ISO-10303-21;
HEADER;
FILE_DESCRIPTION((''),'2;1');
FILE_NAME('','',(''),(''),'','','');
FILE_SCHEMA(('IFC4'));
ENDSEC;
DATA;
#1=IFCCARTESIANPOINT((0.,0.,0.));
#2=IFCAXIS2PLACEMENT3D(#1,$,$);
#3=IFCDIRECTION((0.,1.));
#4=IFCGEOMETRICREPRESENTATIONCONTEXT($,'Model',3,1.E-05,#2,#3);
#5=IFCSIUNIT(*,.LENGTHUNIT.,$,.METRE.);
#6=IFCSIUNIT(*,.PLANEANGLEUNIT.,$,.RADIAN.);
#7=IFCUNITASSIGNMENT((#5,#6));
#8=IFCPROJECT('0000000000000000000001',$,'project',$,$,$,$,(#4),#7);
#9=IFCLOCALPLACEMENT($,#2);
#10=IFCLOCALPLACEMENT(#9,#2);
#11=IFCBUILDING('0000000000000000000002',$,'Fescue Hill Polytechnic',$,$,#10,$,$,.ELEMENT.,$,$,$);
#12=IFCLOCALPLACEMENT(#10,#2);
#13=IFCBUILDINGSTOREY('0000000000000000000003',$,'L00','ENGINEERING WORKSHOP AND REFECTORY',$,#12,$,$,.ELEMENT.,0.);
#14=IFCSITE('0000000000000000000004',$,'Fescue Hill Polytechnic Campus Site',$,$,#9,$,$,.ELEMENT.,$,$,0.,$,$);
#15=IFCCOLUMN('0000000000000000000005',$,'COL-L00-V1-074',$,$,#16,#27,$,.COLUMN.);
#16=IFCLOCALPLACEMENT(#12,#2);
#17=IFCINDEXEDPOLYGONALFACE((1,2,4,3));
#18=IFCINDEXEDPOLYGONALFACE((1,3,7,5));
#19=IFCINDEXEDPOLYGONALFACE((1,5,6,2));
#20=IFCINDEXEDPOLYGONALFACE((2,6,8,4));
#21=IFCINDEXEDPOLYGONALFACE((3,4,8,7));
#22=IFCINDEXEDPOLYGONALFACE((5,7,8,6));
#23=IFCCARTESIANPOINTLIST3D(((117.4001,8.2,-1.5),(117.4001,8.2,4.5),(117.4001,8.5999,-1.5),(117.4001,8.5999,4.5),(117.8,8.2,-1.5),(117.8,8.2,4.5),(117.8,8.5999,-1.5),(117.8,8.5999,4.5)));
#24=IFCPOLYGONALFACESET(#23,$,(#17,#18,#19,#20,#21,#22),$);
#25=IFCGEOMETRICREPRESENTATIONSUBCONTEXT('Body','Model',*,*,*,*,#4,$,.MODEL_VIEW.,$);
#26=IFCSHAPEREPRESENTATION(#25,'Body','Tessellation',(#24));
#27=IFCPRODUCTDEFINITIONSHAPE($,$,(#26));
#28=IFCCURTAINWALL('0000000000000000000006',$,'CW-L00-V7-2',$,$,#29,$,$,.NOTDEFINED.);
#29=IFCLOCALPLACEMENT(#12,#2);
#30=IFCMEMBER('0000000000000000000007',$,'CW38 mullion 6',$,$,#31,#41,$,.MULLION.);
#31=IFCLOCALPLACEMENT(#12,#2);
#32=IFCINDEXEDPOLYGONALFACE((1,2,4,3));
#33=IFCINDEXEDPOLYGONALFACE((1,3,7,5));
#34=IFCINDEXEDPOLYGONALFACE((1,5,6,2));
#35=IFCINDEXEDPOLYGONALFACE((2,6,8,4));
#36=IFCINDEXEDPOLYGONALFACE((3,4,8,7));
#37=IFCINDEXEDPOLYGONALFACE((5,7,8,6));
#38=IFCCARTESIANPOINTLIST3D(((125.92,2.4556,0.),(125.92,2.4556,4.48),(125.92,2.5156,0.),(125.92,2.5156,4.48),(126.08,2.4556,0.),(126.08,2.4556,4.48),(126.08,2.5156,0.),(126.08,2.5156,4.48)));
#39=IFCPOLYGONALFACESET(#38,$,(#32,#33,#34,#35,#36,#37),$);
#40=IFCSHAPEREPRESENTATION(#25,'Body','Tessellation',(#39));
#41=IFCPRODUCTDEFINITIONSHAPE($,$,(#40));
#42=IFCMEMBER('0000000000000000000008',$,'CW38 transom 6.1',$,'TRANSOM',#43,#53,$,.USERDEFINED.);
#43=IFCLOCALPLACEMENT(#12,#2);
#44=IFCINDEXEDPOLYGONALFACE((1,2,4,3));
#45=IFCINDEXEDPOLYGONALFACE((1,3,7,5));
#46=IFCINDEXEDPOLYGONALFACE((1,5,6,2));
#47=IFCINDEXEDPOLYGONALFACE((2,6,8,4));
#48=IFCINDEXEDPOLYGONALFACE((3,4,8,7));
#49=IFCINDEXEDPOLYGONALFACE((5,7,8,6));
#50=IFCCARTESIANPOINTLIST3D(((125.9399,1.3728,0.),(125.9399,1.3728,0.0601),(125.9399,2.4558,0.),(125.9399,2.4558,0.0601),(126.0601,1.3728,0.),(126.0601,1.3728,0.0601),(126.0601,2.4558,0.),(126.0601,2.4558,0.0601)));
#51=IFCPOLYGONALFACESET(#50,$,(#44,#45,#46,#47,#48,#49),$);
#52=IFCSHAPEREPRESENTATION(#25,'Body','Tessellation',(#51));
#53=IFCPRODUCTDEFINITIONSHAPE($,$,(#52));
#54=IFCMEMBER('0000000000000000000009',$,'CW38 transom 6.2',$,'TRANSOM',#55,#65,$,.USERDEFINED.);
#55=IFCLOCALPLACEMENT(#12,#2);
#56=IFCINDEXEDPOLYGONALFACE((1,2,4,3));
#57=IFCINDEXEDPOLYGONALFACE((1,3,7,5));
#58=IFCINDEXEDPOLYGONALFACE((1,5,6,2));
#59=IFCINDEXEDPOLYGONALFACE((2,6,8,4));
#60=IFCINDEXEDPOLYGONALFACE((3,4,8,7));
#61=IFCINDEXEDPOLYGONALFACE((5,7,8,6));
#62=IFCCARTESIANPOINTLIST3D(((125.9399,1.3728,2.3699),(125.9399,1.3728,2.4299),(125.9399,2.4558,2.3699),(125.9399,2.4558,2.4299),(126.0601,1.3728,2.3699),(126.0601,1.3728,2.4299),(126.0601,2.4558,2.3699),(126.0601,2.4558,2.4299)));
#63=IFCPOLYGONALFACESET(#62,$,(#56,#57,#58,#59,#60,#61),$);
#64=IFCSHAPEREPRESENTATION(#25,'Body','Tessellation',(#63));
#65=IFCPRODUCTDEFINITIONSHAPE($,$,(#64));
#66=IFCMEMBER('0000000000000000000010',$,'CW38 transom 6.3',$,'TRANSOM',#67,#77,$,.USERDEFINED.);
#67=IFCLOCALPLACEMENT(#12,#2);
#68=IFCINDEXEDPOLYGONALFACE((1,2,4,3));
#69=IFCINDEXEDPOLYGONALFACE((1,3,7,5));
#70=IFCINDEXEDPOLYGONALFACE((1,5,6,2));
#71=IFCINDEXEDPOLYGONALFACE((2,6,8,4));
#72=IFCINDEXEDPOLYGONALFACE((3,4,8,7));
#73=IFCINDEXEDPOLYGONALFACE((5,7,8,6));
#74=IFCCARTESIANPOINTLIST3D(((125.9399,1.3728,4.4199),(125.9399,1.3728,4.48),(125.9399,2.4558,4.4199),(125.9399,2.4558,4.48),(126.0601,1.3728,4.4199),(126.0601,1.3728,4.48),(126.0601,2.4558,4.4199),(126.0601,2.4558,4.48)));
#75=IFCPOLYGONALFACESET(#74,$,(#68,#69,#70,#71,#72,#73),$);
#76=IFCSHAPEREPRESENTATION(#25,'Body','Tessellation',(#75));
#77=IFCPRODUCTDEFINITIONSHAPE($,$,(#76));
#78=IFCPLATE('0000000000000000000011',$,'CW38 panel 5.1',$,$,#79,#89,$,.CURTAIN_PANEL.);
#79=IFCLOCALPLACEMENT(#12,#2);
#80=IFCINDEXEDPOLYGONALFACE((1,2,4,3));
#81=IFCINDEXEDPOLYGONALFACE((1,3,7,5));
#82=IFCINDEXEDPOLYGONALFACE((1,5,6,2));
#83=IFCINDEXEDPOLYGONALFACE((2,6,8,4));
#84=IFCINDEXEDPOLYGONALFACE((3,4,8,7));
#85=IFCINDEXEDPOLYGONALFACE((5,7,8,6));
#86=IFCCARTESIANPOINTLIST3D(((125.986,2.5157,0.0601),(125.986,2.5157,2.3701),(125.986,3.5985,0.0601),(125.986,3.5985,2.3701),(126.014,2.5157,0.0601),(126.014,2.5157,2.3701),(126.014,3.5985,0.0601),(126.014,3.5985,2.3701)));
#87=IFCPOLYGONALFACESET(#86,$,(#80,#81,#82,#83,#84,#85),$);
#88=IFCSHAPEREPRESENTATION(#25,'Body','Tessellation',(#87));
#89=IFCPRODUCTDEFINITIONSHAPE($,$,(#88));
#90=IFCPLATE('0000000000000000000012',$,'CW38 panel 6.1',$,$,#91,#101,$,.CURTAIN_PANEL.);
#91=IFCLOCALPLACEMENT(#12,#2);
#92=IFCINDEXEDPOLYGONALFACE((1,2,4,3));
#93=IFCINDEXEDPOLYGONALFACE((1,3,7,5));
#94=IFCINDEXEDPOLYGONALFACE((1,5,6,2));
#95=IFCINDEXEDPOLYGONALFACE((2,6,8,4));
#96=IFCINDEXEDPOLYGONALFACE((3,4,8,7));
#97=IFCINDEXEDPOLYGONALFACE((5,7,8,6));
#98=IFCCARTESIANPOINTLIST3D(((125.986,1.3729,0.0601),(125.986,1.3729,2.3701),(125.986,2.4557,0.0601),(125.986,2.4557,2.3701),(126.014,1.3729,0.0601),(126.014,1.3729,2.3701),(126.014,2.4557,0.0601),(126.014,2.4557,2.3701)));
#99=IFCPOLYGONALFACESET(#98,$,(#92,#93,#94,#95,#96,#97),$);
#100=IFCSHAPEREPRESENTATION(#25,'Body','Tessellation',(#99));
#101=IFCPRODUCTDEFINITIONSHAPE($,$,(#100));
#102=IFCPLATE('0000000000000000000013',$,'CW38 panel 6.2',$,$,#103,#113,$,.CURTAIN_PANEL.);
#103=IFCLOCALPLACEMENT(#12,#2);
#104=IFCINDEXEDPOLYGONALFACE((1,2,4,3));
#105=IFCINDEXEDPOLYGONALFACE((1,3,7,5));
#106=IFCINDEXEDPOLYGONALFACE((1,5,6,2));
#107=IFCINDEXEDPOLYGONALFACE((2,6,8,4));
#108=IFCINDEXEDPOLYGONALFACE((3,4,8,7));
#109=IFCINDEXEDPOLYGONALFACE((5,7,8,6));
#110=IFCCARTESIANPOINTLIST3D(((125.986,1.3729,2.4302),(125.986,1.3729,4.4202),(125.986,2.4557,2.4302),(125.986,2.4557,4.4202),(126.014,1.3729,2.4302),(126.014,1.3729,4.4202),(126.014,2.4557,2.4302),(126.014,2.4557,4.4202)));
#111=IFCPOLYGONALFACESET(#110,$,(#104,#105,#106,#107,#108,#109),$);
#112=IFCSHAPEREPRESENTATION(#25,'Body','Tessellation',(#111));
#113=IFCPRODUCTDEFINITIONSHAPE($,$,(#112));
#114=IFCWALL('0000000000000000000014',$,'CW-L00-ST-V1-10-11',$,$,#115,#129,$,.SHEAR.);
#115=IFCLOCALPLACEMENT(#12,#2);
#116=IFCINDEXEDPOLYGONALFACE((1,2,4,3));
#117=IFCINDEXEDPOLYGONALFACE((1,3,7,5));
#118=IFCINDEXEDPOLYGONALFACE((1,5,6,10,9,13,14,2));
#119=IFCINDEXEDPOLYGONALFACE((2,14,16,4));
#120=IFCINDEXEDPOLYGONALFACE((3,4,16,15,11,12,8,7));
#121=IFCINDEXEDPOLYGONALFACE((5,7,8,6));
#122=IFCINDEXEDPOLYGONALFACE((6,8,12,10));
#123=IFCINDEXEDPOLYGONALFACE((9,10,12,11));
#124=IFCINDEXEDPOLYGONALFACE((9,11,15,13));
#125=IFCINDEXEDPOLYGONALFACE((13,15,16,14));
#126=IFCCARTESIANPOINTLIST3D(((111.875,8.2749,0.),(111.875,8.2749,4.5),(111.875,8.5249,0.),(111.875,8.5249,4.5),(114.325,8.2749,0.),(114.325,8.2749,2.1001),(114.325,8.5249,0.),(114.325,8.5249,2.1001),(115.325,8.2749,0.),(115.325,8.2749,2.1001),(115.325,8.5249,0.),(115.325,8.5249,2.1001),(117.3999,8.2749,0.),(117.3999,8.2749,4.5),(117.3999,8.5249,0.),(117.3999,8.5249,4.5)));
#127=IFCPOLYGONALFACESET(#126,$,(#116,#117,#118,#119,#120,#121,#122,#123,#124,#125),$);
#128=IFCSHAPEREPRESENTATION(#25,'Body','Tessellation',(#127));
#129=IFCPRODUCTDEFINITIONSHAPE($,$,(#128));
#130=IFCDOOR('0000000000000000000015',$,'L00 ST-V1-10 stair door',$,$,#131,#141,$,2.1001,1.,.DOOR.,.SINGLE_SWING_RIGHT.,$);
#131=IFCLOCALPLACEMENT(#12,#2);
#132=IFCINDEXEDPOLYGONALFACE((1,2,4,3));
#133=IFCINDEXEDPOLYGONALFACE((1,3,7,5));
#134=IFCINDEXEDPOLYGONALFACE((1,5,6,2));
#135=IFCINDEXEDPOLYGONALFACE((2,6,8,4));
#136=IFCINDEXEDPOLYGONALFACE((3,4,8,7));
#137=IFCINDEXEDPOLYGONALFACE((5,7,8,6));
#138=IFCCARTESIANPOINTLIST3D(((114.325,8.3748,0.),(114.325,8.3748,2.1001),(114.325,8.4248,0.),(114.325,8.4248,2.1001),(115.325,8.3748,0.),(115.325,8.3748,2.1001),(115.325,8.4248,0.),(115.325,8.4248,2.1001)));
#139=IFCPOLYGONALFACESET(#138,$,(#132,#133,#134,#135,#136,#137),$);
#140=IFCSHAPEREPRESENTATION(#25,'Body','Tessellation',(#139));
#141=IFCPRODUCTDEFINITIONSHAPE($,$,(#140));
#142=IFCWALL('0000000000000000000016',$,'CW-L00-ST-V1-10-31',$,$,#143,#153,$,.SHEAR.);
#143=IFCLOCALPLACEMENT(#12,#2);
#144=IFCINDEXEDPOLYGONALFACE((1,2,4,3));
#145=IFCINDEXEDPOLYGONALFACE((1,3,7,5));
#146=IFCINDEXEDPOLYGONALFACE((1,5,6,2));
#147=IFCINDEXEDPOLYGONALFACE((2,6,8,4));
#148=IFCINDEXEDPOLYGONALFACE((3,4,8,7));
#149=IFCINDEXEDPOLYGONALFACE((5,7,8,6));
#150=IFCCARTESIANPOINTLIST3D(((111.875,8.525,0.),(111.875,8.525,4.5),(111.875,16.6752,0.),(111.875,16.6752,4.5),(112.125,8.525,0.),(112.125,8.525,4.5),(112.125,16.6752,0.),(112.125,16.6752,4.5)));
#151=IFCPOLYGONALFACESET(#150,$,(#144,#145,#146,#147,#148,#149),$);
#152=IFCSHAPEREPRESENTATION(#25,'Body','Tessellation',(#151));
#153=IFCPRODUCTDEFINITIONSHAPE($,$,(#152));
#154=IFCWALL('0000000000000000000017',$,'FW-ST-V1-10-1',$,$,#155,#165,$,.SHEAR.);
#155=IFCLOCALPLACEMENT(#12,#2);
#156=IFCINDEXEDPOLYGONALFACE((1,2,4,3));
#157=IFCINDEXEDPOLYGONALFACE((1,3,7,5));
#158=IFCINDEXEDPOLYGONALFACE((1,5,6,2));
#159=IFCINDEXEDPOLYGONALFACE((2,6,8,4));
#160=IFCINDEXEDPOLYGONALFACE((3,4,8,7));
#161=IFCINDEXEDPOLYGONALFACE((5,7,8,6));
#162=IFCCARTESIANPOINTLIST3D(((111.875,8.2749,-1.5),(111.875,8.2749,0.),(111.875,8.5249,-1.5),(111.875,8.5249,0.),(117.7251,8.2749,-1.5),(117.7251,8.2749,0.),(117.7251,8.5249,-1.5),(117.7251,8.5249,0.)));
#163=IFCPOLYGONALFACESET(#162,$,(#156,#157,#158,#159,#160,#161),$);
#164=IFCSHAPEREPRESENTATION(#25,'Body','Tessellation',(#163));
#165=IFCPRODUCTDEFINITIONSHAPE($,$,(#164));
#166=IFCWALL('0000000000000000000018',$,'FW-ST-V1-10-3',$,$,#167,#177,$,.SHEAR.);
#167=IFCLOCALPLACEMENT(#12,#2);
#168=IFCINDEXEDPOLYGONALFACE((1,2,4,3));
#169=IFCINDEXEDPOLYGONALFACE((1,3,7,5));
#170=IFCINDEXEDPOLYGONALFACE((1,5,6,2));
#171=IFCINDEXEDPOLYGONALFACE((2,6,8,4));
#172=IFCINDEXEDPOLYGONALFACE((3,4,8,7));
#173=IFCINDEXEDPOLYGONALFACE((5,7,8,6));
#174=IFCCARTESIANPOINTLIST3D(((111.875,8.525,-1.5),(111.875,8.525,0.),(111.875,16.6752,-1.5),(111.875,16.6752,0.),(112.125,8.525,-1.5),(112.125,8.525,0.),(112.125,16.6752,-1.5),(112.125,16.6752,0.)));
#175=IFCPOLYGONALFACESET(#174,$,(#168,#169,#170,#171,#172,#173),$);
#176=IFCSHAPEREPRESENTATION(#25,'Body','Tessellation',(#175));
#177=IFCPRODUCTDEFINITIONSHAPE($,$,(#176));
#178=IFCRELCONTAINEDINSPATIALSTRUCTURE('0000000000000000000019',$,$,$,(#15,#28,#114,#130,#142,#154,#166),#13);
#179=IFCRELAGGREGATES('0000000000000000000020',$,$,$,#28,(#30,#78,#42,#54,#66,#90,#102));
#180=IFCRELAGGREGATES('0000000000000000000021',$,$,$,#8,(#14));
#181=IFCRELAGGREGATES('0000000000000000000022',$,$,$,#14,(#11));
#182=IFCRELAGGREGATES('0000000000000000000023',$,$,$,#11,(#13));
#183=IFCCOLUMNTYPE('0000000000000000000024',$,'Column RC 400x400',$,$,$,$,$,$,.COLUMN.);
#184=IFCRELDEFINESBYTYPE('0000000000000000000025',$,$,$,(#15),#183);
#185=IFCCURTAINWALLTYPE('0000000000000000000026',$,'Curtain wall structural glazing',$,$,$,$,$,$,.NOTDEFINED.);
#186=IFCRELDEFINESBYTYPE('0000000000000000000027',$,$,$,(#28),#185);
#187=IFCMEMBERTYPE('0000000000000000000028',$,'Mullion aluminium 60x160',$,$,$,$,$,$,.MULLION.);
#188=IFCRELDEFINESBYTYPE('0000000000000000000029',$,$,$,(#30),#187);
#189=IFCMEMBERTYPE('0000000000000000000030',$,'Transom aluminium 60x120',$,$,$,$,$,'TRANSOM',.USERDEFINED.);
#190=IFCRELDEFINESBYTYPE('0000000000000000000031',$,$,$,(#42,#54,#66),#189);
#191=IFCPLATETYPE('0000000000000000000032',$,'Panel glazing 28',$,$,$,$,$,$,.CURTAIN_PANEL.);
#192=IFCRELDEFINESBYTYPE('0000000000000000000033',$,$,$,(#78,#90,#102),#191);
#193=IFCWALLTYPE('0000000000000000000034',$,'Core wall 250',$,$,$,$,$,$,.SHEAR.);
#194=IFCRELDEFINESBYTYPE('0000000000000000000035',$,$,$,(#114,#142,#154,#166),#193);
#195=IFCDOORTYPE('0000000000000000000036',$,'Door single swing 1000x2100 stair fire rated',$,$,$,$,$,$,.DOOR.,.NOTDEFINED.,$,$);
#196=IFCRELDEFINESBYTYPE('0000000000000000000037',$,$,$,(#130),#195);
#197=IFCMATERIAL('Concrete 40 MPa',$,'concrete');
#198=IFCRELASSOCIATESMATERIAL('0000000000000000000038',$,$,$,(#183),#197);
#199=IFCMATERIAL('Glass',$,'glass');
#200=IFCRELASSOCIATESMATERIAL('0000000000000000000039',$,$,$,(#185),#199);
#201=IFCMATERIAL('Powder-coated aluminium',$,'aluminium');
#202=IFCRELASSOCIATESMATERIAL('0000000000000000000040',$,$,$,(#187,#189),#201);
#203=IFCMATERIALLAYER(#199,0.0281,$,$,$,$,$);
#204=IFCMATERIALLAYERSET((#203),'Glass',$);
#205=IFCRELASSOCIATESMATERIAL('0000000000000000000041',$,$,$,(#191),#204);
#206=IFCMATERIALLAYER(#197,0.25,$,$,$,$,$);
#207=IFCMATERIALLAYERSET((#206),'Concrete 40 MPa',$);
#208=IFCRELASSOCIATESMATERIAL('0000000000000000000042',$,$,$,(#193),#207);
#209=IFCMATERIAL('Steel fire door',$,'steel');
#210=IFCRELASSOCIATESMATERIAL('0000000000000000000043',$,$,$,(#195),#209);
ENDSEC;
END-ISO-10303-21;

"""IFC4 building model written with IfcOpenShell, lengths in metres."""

from ifc_helpers import new_model, si_unit, direction, frame, frame_2d, origin, origin_2d, place, context, subcontext, project, spatial, rectangle, extrude, material, layer, layer_set, material_profile, profile_set, type_object, element, fill, aggregate, save


model = new_model("IFC4")

# Units and contexts
model_context = context("Model", 3, precision=1e-05, world=origin(), true_north=direction((0.0, 1.0)))
body_context = subcontext(model_context, "Body", "Model", "MODEL_VIEW")
ifc_project = project(units=[si_unit("LENGTHUNIT", "METRE"), si_unit("PLANEANGLEUNIT", "RADIAN")], contexts=[model_context])

# Site, building, storey
site_placement = place(None, origin())
site = spatial("IfcSite", under=ifc_project, at=site_placement, Name="Fescue Hill Polytechnic Campus Site", CompositionType="ELEMENT", RefElevation=0.0)
building_placement = place(site_placement, origin())
building = spatial("IfcBuilding", under=site, at=building_placement, Name="Fescue Hill Polytechnic", CompositionType="ELEMENT")
storey_placement = place(building_placement, origin())
storey = spatial("IfcBuildingStorey", under=building, at=storey_placement, Name="L00", Description="ENGINEERING WORKSHOP AND REFECTORY", CompositionType="ELEMENT", Elevation=0.0)

# Column
ifc_material_1 = material(Name="Concrete 40 MPa", Category="concrete")
ifc_material_profile_1 = material_profile(ifc_material_1, rectangle(XDim=0.3999, YDim=0.3999, at=origin_2d()), Name="RC 400x400")
ifc_profile_set_1 = profile_set([ifc_material_profile_1], Name="Concrete 40 MPa")
column_type = type_object("IfcColumnType", Name="Column RC 400x400", PredefinedType="COLUMN", material=ifc_profile_set_1)
column_placement = place(storey_placement, frame((117.6001, 8.3999, -1.5), z_axis=(0.0, 0.0, 1.0), x_axis=(1.0, 0.0, 0.0)))
element("IfcColumn", 1, at=column_placement, inside=storey, type_object=column_type, Name="COL-L00-V1-074", PredefinedType="COLUMN", context=body_context, shape_type="SweptSolid", body=[
    extrude(rectangle(XDim=0.3999, YDim=0.3999, at=origin_2d()), origin(), (0.0, 0.0, 1.0), 6.0),
])

# Curtain wall, members, plates
ifc_material_2 = material(Name="Glass", Category="glass")
curtain_wall_type = type_object("IfcCurtainWallType", Name="Curtain wall structural glazing", PredefinedType="NOTDEFINED", material=ifc_material_2)
curtain_wall_placement = place(storey_placement, origin())
curtain_wall = element("IfcCurtainWall", 2, at=curtain_wall_placement, inside=storey, type_object=curtain_wall_type, Name="CW-L00-V7-2", PredefinedType="NOTDEFINED")
ifc_material_3 = material(Name="Powder-coated aluminium", Category="aluminium")
ifc_material_profile_2 = material_profile(ifc_material_3, rectangle(XDim=0.1599, YDim=0.0601, at=origin_2d()), Name="Mullion aluminium 60x160")
ifc_profile_set_2 = profile_set([ifc_material_profile_2], Name="Powder-coated aluminium")
member_type_1 = type_object("IfcMemberType", Name="Mullion aluminium 60x160", PredefinedType="MULLION", material=ifc_profile_set_2)
member_1_placement = place(storey_placement, frame((126.0, 2.4856, 0.0), z_axis=(0.0, 0.0, 1.0), x_axis=(1.0, 0.0, 0.0)))
member_1 = element("IfcMember", 3, at=member_1_placement, type_object=member_type_1, Name="CW38 mullion 6", PredefinedType="MULLION", context=body_context, shape_type="SweptSolid", body=[
    extrude(rectangle(XDim=0.1599, YDim=0.0601, at=origin_2d()), origin(), (0.0, 0.0, 1.0), 4.48),
])
ifc_material_profile_3 = material_profile(ifc_material_3, rectangle(XDim=0.1201, YDim=0.0601, at=origin_2d()), Name="Transom aluminium 60x120")
ifc_profile_set_3 = profile_set([ifc_material_profile_3], Name="Powder-coated aluminium")
member_type_2 = type_object("IfcMemberType", Name="Transom aluminium 60x120", ElementType="TRANSOM", PredefinedType="USERDEFINED", material=ifc_profile_set_3)
member_2_placement = place(storey_placement, frame((126.0, 2.4558, 0.03), z_axis=(0.0, -1.0, 0.0), x_axis=(1.0, 0.0, 0.0)))
member_2 = element("IfcMember", 4, at=member_2_placement, type_object=member_type_2, Name="CW38 transom 6.1", ObjectType="TRANSOM", PredefinedType="USERDEFINED", context=body_context, shape_type="SweptSolid", body=[
    extrude(rectangle(XDim=0.1201, YDim=0.0601, at=origin_2d()), origin(), (0.0, 0.0, 1.0), 1.083),
])
member_3_placement = place(storey_placement, frame((126.0, 2.4558, 2.3999), z_axis=(0.0, -1.0, 0.0), x_axis=(1.0, 0.0, 0.0)))
member_3 = element("IfcMember", 5, at=member_3_placement, type_object=member_type_2, Name="CW38 transom 6.2", ObjectType="TRANSOM", PredefinedType="USERDEFINED", context=body_context, shape_type="SweptSolid", body=[
    extrude(rectangle(XDim=0.1201, YDim=0.0601, at=origin_2d()), origin(), (0.0, 0.0, 1.0), 1.083),
])
member_4_placement = place(storey_placement, frame((126.0, 2.4558, 4.45), z_axis=(0.0, -1.0, 0.0), x_axis=(1.0, 0.0, 0.0)))
member_4 = element("IfcMember", 6, at=member_4_placement, type_object=member_type_2, Name="CW38 transom 6.3", ObjectType="TRANSOM", PredefinedType="USERDEFINED", context=body_context, shape_type="SweptSolid", body=[
    extrude(rectangle(XDim=0.1201, YDim=0.0601, at=origin_2d()), origin(), (0.0, 0.0, 1.0), 1.083),
])
ifc_layer_1 = layer(ifc_material_2, 0.0281)
ifc_layer_set_1 = layer_set([ifc_layer_1], Name="Glass")
plate_type = type_object("IfcPlateType", Name="Panel glazing 28", PredefinedType="CURTAIN_PANEL", material=ifc_layer_set_1)
plate_1_placement = place(storey_placement, frame((126.0, 3.0571, 0.0601), z_axis=(0.0, 0.0, 1.0), x_axis=(0.0, -1.0, 0.0)))
plate_1 = element("IfcPlate", 7, at=plate_1_placement, type_object=plate_type, Name="CW38 panel 5.1", PredefinedType="CURTAIN_PANEL", context=body_context, shape_type="SweptSolid", body=[
    extrude(rectangle(XDim=1.0828, YDim=0.0281, at=origin_2d()), origin(), (0.0, 0.0, 1.0), 2.3101),
])
plate_2_placement = place(storey_placement, frame((126.0, 1.9143, 0.0601), z_axis=(0.0, 0.0, 1.0), x_axis=(0.0, -1.0, 0.0)))
plate_2 = element("IfcPlate", 8, at=plate_2_placement, type_object=plate_type, Name="CW38 panel 6.1", PredefinedType="CURTAIN_PANEL", context=body_context, shape_type="SweptSolid", body=[
    extrude(rectangle(XDim=1.0828, YDim=0.0281, at=origin_2d()), origin(), (0.0, 0.0, 1.0), 2.3101),
])
plate_3_placement = place(storey_placement, frame((126.0, 1.9143, 2.4302), z_axis=(0.0, 0.0, 1.0), x_axis=(0.0, -1.0, 0.0)))
plate_3 = element("IfcPlate", 9, at=plate_3_placement, type_object=plate_type, Name="CW38 panel 6.2", PredefinedType="CURTAIN_PANEL", context=body_context, shape_type="SweptSolid", body=[
    extrude(rectangle(XDim=1.0828, YDim=0.0281, at=origin_2d()), origin(), (0.0, 0.0, 1.0), 1.99),
])
aggregate(curtain_wall, [member_1, plate_1, member_2, member_3, member_4, plate_2, plate_3])

# Wall, opening, door
ifc_layer_2 = layer(ifc_material_1, 0.25)
ifc_layer_set_2 = layer_set([ifc_layer_2], Name="Concrete 40 MPa")
wall_type_1 = type_object("IfcWallType", Name="Core wall 250", PredefinedType="SHEAR", material=ifc_layer_set_2)
wall_1_placement = place(storey_placement, frame((111.875, 8.3999, 0.0), z_axis=(0.0, 0.0, 1.0), x_axis=(1.0, 0.0, 0.0)))
wall_1 = element("IfcWall", 10, at=wall_1_placement, inside=storey, type_object=wall_type_1, Name="CW-L00-ST-V1-10-11", PredefinedType="SHEAR", context=body_context, shape_type="SweptSolid", body=[
    extrude(rectangle(XDim=5.5249, YDim=0.25, at=frame_2d((2.7625, 0.0))), origin(), (0.0, 0.0, 1.0), 4.5),
])
opening_1_placement = place(wall_1_placement, frame((2.45, 0.0, 0.0)))
opening_1 = element("IfcOpeningElement", 11, at=opening_1_placement, cuts=wall_1, PredefinedType="OPENING", context=body_context, shape_type="SweptSolid", body=[
    extrude(rectangle(XDim=1.0, YDim=2.1001, at=frame_2d((0.5, 1.05))), frame((0.0, 0.135, 0.0), z_axis=(0.0, -1.0, 0.0), x_axis=(1.0, 0.0, 0.0)), (0.0, 0.0, 1.0), 0.27),
])
ifc_material_4 = material(Name="Steel fire door", Category="steel")
door_type_1 = type_object("IfcDoorType", Name="Door single swing 1000x2100 stair fire rated", OperationType="NOTDEFINED", PredefinedType="DOOR", material=ifc_material_4)
door_1_placement = place(opening_1_placement, origin())
door_1 = element("IfcDoor", 12, at=door_1_placement, inside=storey, type_object=door_type_1, Name="L00 ST-V1-10 stair door", OperationType="SINGLE_SWING_RIGHT", OverallHeight=2.1001, OverallWidth=1.0, PredefinedType="DOOR", context=body_context, shape_type="SweptSolid", body=[
    extrude(rectangle(XDim=1.0, YDim=2.1001, at=frame_2d((0.5, 1.05))), frame((0.0, 0.0249, 0.0), z_axis=(0.0, -1.0, 0.0), x_axis=(1.0, 0.0, 0.0)), (0.0, 0.0, 1.0), 0.05),
])
fill(opening_1, door_1)

# Walls
wall_2_placement = place(storey_placement, frame((112.0, 8.5249, 0.0), z_axis=(0.0, 0.0, 1.0), x_axis=(0.0, 1.0, 0.0)))
element("IfcWall", 13, at=wall_2_placement, inside=storey, type_object=wall_type_1, Name="CW-L00-ST-V1-10-31", PredefinedType="SHEAR", context=body_context, shape_type="SweptSolid", body=[
    extrude(rectangle(XDim=8.1501, YDim=0.25, at=frame_2d((4.0752, 0.0))), origin(), (0.0, 0.0, 1.0), 4.5),
])
wall_3_placement = place(storey_placement, frame((111.875, 8.3999, -1.5), z_axis=(0.0, 0.0, 1.0), x_axis=(1.0, 0.0, 0.0)))
element("IfcWall", 14, at=wall_3_placement, inside=storey, type_object=wall_type_1, Name="FW-ST-V1-10-1", PredefinedType="SHEAR", context=body_context, shape_type="SweptSolid", body=[
    extrude(rectangle(XDim=5.8501, YDim=0.25, at=frame_2d((2.925, 0.0))), origin(), (0.0, 0.0, 1.0), 1.5),
])
for number, where, z_axis, x_axis, name in (
    (15, (112.0, 8.5249, -1.5), (0.0, 0.0, 1.0), (0.0, 1.0, 0.0), "FW-ST-V1-10-3"),
):
    element("IfcWall", number, at=place(storey_placement, frame(where, z_axis=z_axis, x_axis=x_axis)), inside=storey, type_object=wall_type_1, Name=name, PredefinedType="SHEAR", context=body_context, shape_type="SweptSolid", body=[
        extrude(rectangle(XDim=8.1501, YDim=0.25, at=frame_2d((4.0752, 0.0))), origin(), (0.0, 0.0, 1.0), 1.5),
    ])

save(model, "model.ifc")
